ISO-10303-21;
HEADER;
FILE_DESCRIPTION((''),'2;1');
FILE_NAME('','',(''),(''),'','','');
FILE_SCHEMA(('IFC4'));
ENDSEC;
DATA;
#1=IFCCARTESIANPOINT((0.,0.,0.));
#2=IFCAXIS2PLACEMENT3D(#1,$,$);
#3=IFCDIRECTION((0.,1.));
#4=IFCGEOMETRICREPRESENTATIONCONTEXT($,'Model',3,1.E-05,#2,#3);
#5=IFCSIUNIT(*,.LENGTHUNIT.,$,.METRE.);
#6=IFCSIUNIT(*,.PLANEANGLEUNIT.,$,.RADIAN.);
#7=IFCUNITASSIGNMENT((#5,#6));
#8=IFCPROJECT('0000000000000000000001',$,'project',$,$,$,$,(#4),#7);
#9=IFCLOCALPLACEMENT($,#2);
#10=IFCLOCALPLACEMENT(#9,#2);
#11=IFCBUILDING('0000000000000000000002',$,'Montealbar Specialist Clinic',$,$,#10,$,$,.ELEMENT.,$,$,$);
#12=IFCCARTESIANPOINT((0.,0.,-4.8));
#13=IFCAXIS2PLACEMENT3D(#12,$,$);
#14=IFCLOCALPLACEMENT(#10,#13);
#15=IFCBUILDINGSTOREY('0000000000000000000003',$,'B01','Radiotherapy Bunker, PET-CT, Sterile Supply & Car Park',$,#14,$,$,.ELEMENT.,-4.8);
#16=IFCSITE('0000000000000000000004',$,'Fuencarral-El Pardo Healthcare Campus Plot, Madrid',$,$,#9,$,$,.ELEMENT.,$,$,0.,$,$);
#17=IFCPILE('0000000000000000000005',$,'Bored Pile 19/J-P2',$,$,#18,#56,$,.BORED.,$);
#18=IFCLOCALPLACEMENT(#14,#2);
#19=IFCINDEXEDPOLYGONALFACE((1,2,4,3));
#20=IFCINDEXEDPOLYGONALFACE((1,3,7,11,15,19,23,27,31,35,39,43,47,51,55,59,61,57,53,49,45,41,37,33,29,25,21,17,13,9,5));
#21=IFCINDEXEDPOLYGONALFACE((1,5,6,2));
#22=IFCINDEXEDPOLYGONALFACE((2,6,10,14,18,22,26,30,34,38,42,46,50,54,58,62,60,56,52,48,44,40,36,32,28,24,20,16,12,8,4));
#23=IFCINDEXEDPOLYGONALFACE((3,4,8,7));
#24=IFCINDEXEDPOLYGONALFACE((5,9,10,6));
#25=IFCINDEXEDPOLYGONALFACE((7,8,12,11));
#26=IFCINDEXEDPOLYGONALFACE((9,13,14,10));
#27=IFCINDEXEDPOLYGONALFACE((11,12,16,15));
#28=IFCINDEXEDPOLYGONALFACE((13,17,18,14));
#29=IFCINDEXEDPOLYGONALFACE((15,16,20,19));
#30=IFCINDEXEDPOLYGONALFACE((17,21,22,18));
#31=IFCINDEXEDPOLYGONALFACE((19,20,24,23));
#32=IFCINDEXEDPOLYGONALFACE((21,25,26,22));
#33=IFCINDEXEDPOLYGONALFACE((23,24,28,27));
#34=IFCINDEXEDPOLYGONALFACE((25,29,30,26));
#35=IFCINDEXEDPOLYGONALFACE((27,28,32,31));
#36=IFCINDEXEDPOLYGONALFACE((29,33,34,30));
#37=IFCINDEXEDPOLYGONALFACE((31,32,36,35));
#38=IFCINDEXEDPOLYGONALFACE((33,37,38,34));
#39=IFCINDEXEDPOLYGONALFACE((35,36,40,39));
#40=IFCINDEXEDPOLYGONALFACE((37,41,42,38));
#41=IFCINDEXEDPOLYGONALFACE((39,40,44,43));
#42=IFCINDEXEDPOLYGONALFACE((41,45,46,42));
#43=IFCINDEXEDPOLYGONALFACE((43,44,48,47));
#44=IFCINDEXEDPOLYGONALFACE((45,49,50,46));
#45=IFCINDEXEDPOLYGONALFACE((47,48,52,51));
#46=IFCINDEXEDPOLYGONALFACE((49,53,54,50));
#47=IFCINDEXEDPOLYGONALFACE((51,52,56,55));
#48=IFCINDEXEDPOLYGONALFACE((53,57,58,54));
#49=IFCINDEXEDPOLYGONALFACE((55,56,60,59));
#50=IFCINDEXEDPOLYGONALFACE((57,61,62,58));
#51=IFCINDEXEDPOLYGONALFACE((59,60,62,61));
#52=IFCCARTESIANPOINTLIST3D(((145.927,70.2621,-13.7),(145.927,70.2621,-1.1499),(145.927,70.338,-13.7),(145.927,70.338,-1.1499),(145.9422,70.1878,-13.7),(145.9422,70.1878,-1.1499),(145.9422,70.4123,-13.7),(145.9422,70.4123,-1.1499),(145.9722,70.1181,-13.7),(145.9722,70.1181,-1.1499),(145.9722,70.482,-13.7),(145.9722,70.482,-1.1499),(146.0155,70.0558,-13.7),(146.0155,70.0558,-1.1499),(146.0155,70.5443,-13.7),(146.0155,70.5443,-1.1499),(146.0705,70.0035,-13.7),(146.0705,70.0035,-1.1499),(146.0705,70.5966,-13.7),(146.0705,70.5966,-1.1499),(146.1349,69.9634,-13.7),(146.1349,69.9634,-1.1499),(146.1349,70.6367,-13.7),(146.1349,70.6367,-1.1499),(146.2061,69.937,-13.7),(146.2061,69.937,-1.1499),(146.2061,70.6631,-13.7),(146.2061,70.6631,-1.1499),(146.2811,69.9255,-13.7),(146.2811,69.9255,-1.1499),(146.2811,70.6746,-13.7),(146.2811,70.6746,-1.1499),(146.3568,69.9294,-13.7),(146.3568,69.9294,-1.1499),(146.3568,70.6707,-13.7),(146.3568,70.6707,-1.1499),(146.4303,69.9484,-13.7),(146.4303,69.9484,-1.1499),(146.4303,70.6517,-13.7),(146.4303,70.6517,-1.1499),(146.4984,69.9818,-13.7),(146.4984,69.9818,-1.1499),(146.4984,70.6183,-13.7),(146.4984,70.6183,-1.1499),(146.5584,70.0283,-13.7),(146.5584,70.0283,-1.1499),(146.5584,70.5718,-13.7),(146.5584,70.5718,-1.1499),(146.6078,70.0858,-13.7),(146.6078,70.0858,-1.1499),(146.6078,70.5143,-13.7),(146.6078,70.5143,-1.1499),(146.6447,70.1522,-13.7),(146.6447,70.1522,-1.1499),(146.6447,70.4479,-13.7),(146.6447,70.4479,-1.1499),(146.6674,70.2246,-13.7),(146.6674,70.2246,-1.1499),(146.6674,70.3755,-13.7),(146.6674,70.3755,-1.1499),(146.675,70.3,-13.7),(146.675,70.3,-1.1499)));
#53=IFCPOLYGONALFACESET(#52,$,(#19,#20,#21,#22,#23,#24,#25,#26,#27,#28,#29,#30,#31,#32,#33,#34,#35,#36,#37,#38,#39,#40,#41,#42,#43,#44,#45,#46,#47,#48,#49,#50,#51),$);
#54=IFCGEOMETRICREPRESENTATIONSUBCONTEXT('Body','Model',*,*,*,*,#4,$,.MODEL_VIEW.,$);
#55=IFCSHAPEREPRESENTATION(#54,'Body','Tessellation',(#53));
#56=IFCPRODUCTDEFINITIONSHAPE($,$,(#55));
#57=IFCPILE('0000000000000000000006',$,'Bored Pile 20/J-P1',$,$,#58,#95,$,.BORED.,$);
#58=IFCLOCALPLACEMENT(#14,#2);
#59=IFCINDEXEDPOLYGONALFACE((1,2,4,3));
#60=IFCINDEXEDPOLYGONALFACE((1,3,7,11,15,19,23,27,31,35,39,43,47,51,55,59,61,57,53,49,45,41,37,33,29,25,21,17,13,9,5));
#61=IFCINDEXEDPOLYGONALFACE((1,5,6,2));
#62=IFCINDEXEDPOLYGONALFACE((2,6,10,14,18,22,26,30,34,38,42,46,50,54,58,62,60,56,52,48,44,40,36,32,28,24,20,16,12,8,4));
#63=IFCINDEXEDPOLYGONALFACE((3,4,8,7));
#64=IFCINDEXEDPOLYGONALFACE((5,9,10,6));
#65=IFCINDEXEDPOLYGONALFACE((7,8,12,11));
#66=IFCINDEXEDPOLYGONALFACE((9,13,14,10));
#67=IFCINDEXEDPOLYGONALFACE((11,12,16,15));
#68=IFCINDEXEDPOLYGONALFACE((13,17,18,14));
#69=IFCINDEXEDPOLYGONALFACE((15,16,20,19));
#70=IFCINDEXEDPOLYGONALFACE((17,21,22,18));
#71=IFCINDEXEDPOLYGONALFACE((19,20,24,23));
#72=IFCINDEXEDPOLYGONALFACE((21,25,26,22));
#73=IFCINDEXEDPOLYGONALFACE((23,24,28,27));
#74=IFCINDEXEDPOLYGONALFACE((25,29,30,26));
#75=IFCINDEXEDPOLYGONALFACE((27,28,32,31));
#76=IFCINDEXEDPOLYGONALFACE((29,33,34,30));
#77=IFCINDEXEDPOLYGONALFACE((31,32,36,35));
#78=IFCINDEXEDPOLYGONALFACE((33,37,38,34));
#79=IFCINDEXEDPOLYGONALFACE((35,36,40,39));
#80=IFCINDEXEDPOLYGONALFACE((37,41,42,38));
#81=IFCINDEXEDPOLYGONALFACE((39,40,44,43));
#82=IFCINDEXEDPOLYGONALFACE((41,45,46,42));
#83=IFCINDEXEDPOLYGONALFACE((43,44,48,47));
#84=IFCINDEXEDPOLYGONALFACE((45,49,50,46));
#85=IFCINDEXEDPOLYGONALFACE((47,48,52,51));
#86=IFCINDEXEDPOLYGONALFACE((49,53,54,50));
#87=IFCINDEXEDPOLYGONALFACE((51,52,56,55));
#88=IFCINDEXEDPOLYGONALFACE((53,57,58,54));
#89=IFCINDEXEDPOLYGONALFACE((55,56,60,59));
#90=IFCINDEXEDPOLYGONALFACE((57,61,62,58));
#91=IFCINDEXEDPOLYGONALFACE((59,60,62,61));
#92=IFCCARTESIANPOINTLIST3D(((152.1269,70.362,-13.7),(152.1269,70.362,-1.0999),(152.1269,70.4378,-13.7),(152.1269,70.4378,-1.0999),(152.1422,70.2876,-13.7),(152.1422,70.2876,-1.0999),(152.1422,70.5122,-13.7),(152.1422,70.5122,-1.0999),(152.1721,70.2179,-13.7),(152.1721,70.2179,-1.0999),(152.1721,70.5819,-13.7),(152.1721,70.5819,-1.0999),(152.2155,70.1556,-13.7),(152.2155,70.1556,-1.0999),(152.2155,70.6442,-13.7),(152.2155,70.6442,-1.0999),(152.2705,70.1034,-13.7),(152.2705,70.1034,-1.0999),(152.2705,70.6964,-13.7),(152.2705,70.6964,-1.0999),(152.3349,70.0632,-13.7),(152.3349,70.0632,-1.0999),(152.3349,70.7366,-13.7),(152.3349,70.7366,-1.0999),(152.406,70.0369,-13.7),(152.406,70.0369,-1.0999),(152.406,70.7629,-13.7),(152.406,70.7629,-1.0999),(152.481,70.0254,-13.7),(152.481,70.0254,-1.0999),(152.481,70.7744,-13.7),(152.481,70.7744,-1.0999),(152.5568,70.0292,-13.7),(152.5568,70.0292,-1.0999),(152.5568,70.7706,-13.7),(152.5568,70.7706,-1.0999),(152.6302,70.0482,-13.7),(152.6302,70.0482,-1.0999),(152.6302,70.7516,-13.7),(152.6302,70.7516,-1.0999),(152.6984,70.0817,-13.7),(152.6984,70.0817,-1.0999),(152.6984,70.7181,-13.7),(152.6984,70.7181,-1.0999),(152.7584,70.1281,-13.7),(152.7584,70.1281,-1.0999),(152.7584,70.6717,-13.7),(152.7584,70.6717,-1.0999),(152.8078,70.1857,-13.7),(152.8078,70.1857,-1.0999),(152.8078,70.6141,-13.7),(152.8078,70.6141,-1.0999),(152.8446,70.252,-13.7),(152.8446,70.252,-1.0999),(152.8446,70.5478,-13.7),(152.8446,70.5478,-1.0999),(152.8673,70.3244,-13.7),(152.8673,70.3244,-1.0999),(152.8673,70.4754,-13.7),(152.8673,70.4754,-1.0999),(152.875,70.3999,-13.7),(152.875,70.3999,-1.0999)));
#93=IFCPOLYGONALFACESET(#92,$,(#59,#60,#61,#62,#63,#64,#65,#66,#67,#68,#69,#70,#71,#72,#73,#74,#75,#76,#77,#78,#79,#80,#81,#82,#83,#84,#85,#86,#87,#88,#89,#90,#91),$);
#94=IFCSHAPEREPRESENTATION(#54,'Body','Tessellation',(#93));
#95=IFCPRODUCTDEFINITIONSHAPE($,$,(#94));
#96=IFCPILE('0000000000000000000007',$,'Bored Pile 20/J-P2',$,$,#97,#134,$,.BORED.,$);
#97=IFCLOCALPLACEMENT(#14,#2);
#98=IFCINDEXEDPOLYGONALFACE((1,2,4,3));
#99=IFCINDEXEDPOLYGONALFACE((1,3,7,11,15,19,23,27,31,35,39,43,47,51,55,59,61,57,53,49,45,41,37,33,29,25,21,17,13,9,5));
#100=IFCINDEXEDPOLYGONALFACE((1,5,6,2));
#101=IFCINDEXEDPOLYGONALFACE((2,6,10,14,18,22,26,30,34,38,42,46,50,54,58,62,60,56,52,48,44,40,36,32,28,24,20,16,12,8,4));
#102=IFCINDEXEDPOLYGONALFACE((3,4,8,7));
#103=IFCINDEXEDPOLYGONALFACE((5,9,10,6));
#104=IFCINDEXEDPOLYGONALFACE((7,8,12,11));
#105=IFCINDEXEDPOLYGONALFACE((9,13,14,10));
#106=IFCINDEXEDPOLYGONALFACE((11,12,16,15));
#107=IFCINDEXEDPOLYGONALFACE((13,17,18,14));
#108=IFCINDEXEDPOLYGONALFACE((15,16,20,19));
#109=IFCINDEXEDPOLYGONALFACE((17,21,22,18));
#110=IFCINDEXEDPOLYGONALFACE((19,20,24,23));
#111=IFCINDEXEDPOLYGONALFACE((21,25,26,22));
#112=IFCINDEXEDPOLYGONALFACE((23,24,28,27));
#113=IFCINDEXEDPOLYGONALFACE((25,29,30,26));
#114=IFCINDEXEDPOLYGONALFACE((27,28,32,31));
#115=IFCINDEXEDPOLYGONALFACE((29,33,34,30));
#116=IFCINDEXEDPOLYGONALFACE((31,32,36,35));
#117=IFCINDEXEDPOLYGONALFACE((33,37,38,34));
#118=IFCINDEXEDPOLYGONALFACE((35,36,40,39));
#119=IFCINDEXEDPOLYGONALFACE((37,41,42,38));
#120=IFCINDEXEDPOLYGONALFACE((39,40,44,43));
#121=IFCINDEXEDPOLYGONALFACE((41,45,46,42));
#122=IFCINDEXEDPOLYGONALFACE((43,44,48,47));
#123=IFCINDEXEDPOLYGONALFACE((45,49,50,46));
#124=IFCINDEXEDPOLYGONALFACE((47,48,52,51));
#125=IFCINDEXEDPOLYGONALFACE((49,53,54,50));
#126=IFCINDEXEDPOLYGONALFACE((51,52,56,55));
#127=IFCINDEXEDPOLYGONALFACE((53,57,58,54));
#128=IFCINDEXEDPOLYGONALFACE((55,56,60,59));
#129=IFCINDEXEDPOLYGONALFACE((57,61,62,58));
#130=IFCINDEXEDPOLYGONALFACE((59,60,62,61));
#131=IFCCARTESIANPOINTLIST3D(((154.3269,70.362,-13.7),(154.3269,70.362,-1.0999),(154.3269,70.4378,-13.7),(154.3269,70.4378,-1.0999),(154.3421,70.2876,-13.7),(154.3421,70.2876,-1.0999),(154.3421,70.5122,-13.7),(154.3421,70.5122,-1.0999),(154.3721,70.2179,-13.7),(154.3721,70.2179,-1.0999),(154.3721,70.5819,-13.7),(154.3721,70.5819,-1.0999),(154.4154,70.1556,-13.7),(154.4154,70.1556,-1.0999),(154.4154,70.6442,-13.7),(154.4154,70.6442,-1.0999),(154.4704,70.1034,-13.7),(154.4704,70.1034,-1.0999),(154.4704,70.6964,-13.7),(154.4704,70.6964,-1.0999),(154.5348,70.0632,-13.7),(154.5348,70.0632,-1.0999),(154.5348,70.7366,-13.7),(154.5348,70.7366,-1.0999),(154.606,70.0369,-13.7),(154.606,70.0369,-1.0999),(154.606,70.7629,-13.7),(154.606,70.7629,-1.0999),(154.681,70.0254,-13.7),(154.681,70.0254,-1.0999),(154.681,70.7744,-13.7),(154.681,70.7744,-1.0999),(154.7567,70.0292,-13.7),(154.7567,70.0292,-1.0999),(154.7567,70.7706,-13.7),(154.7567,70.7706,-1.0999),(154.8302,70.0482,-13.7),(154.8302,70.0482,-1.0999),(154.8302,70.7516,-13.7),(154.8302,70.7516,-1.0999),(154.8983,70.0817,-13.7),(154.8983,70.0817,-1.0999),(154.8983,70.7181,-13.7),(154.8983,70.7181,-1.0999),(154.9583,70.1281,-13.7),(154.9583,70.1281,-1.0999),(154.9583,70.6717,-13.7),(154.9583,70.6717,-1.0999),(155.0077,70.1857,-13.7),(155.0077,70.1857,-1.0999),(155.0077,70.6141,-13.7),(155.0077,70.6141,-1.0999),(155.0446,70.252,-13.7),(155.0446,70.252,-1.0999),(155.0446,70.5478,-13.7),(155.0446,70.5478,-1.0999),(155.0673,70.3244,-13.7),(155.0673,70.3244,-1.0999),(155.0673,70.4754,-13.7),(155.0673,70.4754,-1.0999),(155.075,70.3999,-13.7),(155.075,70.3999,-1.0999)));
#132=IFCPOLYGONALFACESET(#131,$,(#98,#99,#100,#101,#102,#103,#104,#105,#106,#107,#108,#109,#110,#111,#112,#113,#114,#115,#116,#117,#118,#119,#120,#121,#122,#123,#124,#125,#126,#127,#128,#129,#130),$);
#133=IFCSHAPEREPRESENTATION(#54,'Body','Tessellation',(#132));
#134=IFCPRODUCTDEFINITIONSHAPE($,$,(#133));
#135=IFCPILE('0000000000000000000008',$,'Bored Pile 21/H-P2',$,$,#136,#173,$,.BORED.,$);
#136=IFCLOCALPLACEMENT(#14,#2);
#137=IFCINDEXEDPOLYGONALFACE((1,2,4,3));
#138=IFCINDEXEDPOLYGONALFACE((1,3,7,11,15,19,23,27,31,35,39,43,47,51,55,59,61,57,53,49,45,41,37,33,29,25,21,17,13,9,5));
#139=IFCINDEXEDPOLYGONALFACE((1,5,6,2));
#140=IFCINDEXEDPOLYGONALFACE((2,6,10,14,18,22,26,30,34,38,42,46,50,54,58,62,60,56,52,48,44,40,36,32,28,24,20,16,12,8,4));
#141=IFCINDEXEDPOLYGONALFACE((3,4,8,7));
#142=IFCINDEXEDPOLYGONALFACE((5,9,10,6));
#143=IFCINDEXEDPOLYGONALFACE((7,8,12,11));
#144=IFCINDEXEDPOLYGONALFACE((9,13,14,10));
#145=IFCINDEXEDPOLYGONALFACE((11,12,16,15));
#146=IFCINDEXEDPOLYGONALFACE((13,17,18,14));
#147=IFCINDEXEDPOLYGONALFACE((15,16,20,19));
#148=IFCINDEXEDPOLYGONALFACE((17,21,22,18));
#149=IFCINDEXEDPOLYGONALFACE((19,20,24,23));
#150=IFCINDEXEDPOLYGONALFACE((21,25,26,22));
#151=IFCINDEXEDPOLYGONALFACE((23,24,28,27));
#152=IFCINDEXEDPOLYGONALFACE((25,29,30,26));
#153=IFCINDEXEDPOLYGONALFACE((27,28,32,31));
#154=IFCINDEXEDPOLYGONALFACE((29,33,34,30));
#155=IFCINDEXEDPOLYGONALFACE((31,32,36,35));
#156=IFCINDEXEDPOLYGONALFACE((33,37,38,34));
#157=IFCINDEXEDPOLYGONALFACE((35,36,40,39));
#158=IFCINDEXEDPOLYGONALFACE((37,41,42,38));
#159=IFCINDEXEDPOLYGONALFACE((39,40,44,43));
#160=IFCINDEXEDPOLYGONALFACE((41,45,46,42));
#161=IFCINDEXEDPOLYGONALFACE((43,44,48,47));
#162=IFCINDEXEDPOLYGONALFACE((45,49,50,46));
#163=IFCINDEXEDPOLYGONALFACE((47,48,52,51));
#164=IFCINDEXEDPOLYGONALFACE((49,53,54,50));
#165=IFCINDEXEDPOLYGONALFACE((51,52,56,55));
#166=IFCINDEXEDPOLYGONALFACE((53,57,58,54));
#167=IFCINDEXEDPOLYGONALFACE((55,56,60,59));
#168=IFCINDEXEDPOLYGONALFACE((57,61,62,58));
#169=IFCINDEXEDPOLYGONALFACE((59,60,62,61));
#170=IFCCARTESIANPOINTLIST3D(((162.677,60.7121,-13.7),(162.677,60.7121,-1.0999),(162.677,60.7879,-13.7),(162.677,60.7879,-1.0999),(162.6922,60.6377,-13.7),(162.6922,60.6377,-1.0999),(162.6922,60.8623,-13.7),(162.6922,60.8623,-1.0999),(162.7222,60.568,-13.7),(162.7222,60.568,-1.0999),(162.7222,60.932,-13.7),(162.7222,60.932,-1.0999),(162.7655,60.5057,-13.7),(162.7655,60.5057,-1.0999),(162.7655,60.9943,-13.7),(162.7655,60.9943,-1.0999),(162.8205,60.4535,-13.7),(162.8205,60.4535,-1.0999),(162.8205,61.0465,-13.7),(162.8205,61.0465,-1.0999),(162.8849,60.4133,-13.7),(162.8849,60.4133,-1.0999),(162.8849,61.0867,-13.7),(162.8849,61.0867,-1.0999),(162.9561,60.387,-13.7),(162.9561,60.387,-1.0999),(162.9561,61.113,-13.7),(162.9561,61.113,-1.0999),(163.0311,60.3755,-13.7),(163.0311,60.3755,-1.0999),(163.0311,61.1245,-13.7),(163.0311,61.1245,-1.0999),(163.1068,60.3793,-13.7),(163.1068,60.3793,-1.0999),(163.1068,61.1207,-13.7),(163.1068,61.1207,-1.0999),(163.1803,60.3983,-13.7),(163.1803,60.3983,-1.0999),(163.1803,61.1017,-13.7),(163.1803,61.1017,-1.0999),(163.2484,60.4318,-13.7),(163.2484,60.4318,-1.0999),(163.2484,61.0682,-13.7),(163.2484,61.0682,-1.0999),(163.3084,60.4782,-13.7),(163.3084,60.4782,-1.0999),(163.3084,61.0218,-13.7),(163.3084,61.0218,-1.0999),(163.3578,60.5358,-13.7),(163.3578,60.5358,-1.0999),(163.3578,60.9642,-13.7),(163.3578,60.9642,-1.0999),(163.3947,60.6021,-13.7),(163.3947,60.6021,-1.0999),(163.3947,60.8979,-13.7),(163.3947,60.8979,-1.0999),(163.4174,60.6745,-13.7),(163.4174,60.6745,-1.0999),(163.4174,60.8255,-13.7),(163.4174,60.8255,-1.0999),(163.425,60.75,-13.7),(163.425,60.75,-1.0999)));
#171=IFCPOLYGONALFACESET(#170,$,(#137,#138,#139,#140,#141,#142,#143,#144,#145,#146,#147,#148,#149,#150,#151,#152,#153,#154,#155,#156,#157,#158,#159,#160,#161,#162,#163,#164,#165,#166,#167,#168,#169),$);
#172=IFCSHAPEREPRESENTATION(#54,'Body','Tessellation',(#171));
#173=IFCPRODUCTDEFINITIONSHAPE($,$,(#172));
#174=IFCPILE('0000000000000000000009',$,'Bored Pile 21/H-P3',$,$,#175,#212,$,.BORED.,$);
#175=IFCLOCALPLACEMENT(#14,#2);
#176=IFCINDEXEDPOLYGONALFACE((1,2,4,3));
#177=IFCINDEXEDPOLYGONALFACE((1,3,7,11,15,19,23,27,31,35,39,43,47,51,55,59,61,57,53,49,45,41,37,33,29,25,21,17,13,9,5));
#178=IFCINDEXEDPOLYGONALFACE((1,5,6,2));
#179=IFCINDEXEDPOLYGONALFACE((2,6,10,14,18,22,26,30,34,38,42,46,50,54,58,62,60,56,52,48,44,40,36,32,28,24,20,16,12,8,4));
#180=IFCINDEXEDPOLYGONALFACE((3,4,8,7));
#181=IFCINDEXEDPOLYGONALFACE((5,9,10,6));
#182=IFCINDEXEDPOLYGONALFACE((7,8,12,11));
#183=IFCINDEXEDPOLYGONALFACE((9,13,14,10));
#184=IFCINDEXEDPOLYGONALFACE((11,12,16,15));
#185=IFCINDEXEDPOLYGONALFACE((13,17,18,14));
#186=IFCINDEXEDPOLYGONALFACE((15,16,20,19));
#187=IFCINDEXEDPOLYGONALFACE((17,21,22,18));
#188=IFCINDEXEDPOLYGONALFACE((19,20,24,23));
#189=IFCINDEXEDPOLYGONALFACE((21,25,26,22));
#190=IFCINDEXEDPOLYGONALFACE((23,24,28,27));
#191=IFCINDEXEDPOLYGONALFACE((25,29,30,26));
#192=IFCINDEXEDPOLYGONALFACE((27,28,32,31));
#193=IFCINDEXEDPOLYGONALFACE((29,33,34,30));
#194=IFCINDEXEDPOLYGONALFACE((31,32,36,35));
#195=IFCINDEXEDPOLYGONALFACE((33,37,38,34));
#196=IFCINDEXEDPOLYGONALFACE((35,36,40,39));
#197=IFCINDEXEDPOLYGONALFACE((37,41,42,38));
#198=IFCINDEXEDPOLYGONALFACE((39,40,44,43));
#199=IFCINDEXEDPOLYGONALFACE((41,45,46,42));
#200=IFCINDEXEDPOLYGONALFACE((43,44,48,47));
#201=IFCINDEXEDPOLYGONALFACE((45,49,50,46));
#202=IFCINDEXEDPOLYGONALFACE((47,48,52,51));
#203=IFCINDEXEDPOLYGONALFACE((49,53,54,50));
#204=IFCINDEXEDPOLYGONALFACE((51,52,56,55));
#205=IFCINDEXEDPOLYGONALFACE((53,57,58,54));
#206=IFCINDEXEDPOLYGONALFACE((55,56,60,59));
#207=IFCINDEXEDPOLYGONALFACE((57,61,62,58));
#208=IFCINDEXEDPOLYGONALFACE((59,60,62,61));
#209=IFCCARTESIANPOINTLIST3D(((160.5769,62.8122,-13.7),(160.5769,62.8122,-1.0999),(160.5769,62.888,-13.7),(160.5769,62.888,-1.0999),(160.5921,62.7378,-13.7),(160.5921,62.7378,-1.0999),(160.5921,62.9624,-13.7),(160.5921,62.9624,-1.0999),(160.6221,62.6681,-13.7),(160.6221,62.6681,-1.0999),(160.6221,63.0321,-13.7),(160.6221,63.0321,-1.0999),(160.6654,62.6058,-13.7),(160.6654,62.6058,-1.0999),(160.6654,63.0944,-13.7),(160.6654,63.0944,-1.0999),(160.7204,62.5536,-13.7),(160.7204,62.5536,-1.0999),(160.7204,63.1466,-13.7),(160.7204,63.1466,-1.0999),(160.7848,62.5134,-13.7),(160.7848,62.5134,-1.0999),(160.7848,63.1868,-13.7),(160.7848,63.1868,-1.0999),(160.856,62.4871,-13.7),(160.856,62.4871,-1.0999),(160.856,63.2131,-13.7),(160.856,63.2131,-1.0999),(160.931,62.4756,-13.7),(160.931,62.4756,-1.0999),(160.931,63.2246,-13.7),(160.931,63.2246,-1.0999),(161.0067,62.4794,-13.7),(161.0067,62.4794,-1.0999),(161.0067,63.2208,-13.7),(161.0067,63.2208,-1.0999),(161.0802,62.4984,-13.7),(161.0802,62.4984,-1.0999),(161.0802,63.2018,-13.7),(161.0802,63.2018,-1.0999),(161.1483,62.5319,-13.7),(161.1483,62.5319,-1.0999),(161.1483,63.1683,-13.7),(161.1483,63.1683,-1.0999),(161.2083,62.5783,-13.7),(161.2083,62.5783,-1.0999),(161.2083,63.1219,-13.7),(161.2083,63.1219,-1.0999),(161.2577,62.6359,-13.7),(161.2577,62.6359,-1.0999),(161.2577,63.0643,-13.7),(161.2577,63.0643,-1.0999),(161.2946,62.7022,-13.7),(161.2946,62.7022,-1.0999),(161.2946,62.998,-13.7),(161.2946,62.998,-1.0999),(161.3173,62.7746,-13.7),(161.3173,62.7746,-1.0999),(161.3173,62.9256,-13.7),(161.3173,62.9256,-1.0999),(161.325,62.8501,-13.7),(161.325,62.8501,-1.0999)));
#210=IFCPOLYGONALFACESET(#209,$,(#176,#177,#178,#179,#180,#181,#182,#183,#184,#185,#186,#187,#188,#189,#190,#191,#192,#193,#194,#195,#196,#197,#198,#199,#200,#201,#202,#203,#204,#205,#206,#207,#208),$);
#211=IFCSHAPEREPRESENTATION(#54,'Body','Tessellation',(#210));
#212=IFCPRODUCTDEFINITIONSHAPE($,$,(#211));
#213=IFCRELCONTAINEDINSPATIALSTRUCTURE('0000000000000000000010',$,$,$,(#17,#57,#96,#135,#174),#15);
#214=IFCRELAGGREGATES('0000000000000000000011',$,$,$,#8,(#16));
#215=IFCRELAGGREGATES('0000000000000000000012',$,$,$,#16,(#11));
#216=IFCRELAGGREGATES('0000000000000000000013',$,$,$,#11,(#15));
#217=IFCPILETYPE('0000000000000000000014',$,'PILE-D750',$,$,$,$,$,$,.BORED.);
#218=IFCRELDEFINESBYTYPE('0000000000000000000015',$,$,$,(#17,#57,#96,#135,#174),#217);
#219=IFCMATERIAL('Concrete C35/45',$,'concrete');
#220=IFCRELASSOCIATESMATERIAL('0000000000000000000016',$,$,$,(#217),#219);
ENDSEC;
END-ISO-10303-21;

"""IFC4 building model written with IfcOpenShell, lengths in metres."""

from ifc_helpers import new_model, si_unit, direction, frame, origin, origin_2d, place, context, subcontext, project, spatial, circle, extrude, material, material_profile, profile_set, type_object, element, save


model = new_model("IFC4")

# Units and contexts
model_context = context("Model", 3, precision=1e-05, world=origin(), true_north=direction((0.0, 1.0)))
body_context = subcontext(model_context, "Body", "Model", "MODEL_VIEW")
ifc_project = project(units=[si_unit("LENGTHUNIT", "METRE"), si_unit("PLANEANGLEUNIT", "RADIAN")], contexts=[model_context])

# Site, building, storey
site_placement = place(None, origin())
site = spatial("IfcSite", under=ifc_project, at=site_placement, Name="Fuencarral-El Pardo Healthcare Campus Plot, Madrid", CompositionType="ELEMENT", RefElevation=0.0)
building_placement = place(site_placement, origin())
building = spatial("IfcBuilding", under=site, at=building_placement, Name="Montealbar Specialist Clinic", CompositionType="ELEMENT")
storey_placement = place(building_placement, frame((0.0, 0.0, -4.8)))
storey = spatial("IfcBuildingStorey", under=building, at=storey_placement, Name="B01", Description="Radiotherapy Bunker, PET-CT, Sterile Supply & Car Park", CompositionType="ELEMENT", Elevation=-4.8)

# Shared definitions
ifc_material_1 = material(Name="Concrete C35/45", Category="concrete")

# Piles
ifc_material_profile_1 = material_profile(ifc_material_1, circle(Radius=0.375, at=origin_2d()), Name="PILE D750", Category="concrete")
ifc_profile_set_1 = profile_set([ifc_material_profile_1], Name="Concrete C35/45")
pile_type_1 = type_object("IfcPileType", Name="PILE-D750", PredefinedType="BORED", material=ifc_profile_set_1)
for number, where, z_axis, x_axis, name in (
    (1, (146.3, 70.3, -1.1499), (0.0, 0.0, -1.0), (1.0, 0.0, 0.0), "Bored Pile 19/J-P2"),
):
    element("IfcPile", number, at=place(storey_placement, frame(where, z_axis=z_axis, x_axis=x_axis)), inside=storey, type_object=pile_type_1, Name=name, PredefinedType="BORED", context=body_context, shape_type="SweptSolid", body=[
        extrude(circle(Radius=0.375, at=origin_2d()), origin(), (0.0, 0.0, 1.0), 12.55),
    ])
for number, where, z_axis, x_axis, name in (
    (2, (152.5, 70.3999, -1.0999), (0.0, 0.0, -1.0), (1.0, 0.0, 0.0), "Bored Pile 20/J-P1"),
    (3, (154.7, 70.3999, -1.0999), (0.0, 0.0, -1.0), (1.0, 0.0, 0.0), "Bored Pile 20/J-P2"),
    (4, (163.05, 60.75, -1.0999), (0.0, 0.0, -1.0), (1.0, 0.0, 0.0), "Bored Pile 21/H-P2"),
    (5, (160.95, 62.8501, -1.0999), (0.0, 0.0, -1.0), (1.0, 0.0, 0.0), "Bored Pile 21/H-P3"),
):
    element("IfcPile", number, at=place(storey_placement, frame(where, z_axis=z_axis, x_axis=x_axis)), inside=storey, type_object=pile_type_1, Name=name, PredefinedType="BORED", context=body_context, shape_type="SweptSolid", body=[
        extrude(circle(Radius=0.375, at=origin_2d()), origin(), (0.0, 0.0, 1.0), 12.6001),
    ])

save(model, "model.ifc")
